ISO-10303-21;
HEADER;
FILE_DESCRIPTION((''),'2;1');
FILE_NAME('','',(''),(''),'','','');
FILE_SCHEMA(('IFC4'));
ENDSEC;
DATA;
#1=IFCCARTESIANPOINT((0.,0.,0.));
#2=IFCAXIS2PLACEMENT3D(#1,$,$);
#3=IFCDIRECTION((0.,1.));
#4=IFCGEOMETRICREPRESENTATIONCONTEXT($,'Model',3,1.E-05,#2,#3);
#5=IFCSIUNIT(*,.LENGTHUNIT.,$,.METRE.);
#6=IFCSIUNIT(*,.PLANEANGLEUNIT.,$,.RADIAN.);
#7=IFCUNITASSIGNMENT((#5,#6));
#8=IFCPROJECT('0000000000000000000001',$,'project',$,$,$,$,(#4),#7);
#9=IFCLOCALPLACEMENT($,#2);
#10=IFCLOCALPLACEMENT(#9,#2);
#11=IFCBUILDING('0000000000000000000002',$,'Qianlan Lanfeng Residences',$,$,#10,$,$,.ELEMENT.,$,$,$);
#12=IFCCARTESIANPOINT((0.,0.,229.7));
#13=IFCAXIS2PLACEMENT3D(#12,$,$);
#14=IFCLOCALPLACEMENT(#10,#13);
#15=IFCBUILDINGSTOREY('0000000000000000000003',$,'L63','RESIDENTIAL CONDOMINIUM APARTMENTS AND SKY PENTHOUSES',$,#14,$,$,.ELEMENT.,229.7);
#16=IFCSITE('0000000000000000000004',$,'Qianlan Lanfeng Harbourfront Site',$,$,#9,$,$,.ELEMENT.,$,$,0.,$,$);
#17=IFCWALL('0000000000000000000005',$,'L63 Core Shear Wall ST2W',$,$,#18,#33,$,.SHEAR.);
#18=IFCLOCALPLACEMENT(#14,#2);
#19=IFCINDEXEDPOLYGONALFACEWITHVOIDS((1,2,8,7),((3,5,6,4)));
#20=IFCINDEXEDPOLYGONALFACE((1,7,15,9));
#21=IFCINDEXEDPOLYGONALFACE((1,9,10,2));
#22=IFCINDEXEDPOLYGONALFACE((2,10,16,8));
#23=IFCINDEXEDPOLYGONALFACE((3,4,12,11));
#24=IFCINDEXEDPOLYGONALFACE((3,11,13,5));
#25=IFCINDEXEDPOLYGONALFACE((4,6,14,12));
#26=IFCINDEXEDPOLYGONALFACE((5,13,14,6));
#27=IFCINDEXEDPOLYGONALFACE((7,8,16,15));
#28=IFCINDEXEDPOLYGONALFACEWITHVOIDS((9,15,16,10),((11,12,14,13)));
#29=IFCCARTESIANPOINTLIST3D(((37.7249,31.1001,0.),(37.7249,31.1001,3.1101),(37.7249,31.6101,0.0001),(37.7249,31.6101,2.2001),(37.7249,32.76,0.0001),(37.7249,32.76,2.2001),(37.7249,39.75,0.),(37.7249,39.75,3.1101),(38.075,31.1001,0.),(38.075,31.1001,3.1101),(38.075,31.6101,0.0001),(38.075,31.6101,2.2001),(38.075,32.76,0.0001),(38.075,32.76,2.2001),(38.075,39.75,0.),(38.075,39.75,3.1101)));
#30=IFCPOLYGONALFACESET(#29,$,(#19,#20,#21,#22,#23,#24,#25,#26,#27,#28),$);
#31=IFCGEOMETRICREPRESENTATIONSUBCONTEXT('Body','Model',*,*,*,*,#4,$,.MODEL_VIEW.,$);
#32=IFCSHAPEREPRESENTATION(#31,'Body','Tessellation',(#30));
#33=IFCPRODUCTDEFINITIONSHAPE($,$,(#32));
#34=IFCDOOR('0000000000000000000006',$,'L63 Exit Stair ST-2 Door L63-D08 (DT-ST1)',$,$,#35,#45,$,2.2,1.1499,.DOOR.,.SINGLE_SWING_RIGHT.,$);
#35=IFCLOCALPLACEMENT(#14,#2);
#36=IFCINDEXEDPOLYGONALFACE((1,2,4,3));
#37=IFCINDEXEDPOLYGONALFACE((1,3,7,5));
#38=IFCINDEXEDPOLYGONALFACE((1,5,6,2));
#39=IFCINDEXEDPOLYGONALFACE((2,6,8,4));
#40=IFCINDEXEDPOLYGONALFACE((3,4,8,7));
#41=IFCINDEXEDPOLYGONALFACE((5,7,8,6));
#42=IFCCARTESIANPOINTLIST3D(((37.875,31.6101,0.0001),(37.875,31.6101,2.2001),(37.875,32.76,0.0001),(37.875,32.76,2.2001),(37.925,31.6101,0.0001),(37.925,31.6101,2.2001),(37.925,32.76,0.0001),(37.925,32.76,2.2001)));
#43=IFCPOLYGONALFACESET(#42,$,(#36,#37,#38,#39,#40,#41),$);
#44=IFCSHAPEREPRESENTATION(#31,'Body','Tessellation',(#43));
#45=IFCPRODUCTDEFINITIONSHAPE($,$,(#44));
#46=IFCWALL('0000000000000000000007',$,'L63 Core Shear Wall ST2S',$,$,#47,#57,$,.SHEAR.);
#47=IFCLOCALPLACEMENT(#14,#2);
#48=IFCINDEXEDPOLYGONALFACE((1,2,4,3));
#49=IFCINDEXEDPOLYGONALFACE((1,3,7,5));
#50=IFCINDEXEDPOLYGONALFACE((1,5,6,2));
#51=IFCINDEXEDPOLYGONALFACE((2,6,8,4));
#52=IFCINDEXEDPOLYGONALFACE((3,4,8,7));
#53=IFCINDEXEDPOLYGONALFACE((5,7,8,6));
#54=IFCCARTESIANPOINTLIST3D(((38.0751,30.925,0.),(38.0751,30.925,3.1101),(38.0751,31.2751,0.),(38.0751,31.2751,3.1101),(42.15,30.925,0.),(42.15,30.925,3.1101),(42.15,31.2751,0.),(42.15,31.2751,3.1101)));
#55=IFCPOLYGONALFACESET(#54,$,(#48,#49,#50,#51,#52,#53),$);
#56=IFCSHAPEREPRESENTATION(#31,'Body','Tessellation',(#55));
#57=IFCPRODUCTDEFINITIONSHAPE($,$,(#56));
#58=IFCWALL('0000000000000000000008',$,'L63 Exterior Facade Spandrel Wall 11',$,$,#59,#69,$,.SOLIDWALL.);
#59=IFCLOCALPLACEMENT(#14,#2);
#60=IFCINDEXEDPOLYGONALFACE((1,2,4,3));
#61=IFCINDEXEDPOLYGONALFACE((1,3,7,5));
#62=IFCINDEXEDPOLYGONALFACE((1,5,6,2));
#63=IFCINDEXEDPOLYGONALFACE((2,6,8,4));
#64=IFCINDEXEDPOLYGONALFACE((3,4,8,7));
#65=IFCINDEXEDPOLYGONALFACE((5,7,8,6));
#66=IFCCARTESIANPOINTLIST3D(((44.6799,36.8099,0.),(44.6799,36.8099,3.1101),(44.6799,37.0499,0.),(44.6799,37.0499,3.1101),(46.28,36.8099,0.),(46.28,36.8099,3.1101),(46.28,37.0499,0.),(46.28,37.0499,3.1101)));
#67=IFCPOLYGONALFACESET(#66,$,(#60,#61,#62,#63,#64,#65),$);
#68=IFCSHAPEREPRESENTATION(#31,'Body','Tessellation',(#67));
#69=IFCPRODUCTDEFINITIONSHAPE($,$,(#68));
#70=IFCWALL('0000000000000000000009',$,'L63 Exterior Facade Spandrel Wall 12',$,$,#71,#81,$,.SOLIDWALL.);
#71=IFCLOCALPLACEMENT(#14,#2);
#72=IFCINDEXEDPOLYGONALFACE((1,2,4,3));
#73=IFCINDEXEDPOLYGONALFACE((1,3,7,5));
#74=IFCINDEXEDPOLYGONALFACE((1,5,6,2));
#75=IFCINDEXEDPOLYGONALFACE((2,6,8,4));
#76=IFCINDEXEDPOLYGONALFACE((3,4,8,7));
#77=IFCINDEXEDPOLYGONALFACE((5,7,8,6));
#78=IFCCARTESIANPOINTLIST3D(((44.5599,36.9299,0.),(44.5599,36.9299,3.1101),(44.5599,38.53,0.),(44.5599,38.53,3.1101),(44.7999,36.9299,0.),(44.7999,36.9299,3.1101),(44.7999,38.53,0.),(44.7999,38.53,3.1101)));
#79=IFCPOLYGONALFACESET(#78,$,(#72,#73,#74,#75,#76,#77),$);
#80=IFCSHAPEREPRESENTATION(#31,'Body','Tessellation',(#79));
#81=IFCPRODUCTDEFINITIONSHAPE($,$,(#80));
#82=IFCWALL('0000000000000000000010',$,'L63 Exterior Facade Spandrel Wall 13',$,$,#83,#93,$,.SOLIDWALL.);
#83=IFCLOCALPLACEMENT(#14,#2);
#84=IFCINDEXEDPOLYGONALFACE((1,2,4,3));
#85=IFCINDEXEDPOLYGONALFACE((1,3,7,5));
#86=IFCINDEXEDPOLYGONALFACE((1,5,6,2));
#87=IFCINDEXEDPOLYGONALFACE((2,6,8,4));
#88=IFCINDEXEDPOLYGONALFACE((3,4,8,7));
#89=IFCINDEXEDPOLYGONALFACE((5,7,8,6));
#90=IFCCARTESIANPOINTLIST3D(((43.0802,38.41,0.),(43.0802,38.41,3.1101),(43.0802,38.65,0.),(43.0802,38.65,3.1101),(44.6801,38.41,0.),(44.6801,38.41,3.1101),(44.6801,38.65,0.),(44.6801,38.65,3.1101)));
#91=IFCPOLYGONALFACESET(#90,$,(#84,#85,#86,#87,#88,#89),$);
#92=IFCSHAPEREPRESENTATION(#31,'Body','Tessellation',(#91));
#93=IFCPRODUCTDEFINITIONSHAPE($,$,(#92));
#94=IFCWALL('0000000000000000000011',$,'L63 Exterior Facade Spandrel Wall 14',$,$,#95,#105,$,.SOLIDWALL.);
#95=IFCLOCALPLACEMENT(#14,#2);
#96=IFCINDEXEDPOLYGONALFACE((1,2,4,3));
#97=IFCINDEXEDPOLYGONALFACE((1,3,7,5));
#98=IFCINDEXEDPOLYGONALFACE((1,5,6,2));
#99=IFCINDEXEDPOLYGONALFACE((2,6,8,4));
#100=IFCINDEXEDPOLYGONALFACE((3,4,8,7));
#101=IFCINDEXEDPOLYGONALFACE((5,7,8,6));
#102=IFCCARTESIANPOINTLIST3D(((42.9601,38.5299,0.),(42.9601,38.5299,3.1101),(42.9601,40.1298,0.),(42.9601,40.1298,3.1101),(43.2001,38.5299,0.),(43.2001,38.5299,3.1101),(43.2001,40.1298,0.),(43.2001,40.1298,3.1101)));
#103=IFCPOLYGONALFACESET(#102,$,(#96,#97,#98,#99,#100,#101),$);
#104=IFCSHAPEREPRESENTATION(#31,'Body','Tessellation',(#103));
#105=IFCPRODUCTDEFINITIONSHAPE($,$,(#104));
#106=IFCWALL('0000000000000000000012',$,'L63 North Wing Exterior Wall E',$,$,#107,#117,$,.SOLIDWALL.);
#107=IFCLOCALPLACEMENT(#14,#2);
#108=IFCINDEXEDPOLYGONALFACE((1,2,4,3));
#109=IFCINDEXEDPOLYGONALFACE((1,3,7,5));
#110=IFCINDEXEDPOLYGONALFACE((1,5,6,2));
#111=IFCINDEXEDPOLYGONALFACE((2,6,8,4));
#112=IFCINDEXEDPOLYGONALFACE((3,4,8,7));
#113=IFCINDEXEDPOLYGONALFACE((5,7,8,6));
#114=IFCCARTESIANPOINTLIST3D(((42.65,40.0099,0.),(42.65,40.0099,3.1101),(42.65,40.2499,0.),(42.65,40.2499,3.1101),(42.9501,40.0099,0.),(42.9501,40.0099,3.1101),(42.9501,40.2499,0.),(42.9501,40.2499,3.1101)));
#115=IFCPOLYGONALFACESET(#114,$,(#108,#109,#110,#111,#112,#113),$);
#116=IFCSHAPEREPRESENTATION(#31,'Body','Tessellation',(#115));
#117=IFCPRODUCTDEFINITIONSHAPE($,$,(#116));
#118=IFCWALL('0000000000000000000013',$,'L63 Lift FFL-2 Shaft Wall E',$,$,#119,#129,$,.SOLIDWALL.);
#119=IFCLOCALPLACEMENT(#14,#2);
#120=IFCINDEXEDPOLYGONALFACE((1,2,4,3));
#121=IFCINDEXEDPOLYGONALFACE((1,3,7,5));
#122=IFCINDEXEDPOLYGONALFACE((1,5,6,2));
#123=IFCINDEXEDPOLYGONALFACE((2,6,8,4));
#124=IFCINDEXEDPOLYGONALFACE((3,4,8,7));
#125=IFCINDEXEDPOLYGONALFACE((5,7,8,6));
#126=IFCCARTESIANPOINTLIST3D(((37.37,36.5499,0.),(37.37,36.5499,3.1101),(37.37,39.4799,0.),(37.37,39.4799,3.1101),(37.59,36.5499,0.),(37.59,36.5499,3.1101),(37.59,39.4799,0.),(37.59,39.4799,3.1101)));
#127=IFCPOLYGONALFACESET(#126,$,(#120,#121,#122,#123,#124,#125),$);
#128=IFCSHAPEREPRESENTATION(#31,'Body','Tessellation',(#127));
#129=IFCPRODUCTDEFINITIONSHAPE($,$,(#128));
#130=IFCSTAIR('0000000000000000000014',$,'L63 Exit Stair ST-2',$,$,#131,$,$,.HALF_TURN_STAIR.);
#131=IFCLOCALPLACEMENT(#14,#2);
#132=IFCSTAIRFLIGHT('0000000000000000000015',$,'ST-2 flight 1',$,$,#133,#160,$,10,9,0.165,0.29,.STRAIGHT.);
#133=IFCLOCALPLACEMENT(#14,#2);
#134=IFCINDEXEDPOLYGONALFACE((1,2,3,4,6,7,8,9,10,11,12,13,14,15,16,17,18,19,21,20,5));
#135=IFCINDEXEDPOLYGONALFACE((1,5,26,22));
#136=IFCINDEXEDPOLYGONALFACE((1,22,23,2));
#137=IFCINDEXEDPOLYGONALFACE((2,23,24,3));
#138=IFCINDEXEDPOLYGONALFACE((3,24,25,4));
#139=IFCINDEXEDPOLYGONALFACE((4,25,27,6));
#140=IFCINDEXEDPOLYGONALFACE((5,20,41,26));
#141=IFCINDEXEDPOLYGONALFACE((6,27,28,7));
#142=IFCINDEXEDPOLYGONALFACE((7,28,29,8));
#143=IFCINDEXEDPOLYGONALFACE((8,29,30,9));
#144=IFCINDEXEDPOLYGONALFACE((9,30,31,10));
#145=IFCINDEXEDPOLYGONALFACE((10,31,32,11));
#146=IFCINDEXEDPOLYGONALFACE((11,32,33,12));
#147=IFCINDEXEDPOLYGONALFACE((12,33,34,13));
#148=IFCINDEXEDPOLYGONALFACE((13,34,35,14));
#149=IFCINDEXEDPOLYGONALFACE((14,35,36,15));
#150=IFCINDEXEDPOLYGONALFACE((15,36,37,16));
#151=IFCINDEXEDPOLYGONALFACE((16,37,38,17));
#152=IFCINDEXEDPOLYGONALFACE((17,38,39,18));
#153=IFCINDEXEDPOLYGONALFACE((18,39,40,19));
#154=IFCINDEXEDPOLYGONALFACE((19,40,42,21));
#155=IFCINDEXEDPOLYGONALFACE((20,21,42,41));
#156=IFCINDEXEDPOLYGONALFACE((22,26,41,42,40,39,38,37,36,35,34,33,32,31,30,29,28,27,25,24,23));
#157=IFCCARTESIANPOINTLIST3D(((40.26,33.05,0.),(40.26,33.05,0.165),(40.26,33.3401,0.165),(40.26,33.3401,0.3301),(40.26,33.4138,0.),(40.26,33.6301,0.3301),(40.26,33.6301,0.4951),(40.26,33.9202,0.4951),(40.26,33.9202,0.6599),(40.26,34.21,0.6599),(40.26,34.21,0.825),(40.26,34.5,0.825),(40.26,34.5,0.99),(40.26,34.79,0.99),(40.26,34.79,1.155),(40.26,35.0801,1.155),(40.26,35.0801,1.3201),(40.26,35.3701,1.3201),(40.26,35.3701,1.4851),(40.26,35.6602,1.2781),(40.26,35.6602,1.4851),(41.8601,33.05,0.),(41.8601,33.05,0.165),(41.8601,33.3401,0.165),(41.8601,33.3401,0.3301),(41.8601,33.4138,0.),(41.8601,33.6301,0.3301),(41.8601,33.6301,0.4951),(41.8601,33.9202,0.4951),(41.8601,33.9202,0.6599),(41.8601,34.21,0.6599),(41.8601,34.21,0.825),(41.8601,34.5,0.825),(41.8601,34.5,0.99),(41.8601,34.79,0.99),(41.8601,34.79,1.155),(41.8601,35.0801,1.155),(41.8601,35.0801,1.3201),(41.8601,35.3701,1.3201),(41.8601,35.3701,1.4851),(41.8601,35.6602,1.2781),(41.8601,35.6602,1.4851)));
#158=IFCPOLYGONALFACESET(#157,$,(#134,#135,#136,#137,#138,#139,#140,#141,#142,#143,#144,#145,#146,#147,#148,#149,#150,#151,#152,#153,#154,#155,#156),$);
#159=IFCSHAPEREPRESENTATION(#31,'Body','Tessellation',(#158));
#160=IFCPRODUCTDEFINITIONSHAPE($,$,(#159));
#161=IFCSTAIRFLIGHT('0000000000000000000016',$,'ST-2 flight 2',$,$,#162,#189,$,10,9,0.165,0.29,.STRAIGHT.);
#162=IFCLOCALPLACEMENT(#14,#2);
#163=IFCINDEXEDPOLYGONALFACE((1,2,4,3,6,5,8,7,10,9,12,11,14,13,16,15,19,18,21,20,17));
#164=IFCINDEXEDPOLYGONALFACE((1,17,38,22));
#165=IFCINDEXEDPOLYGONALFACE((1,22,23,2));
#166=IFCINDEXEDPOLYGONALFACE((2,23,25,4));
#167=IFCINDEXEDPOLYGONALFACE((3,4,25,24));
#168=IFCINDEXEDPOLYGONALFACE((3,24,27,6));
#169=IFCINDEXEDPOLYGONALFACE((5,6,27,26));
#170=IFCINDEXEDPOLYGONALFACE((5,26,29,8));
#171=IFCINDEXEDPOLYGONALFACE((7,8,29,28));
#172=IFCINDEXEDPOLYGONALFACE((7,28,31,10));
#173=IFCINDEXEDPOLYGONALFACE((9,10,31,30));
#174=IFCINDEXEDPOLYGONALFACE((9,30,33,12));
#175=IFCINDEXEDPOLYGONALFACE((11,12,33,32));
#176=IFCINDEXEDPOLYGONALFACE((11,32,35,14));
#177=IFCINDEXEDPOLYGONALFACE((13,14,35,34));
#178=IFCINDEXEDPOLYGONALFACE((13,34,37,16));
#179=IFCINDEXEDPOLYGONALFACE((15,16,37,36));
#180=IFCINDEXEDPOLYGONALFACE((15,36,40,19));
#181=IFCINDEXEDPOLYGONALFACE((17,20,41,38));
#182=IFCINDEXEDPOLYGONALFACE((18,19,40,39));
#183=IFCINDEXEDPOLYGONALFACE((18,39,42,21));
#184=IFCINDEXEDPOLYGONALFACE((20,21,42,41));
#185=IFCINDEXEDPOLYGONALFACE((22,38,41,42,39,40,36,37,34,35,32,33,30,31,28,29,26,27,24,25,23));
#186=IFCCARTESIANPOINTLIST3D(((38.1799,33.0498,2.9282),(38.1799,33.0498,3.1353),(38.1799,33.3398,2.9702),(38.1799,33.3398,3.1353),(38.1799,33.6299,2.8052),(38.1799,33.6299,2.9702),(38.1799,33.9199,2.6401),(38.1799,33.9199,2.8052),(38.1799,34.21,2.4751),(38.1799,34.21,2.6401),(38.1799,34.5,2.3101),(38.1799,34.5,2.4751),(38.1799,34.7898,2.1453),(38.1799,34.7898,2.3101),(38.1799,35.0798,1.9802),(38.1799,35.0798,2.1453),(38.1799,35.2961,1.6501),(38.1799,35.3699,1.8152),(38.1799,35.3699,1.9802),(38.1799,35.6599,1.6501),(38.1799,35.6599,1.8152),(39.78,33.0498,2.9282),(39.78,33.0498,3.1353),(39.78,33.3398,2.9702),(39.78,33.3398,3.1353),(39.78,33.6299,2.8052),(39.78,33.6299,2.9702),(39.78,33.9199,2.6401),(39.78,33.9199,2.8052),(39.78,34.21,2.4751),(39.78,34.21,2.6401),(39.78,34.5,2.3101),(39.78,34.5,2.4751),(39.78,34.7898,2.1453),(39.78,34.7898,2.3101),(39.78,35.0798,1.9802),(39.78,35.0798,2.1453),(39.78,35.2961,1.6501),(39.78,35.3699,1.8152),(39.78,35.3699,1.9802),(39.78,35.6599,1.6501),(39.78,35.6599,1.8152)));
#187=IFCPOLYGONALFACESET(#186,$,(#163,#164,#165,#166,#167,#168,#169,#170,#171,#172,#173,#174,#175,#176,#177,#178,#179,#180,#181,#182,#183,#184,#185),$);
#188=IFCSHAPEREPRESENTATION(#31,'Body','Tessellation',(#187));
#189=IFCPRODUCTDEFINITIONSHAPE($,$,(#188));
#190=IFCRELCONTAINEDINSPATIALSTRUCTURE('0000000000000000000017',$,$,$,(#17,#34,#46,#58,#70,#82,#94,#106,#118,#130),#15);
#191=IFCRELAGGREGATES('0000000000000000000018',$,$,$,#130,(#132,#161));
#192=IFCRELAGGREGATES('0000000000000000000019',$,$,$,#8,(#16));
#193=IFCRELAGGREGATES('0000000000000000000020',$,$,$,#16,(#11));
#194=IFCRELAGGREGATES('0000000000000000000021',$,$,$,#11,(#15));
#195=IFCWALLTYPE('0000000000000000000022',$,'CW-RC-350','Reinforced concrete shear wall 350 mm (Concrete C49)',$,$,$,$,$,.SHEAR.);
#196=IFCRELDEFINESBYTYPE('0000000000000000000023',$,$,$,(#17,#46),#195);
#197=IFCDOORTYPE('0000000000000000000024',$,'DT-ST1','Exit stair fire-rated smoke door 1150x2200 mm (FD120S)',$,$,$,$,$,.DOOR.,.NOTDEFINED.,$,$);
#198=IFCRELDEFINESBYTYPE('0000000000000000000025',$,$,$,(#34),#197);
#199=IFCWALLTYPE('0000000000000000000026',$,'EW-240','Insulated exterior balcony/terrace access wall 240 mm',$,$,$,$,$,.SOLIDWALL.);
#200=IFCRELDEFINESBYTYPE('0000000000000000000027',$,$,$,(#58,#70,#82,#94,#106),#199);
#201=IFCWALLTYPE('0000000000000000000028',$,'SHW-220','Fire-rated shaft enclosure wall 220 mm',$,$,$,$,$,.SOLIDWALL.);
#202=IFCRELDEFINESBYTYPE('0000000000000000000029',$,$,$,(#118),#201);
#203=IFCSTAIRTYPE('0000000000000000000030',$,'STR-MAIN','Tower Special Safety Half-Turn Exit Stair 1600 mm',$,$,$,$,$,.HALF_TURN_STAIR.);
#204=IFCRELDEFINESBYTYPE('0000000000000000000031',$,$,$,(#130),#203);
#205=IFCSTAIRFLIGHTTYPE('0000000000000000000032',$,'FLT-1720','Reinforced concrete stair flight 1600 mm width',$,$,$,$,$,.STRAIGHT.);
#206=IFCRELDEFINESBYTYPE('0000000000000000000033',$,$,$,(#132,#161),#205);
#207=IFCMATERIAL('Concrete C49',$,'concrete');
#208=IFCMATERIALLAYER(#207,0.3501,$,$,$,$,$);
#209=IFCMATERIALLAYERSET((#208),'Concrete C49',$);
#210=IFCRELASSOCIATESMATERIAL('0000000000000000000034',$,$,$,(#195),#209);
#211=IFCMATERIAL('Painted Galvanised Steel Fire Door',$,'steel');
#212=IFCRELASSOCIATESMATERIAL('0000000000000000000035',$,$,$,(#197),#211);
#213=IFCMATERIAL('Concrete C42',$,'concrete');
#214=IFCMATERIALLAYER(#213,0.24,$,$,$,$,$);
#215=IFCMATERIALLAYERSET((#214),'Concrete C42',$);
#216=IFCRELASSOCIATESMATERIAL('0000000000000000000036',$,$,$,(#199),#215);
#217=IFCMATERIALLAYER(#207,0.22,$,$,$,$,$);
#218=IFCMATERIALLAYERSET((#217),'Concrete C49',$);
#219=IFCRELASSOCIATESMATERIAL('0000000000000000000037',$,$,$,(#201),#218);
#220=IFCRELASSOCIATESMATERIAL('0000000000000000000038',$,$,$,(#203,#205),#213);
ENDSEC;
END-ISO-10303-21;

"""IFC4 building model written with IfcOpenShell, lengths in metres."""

from ifc_helpers import new_model, si_unit, direction, frame, frame_2d, origin, place, context, subcontext, project, spatial, polyline, rectangle, outline, extrude, material, layer, layer_set, type_object, element, fill, aggregate, save


model = new_model("IFC4")

# Units and contexts
model_context = context("Model", 3, precision=1e-05, world=origin(), true_north=direction((0.0, 1.0)))
body_context = subcontext(model_context, "Body", "Model", "MODEL_VIEW")
ifc_project = project(units=[si_unit("LENGTHUNIT", "METRE"), si_unit("PLANEANGLEUNIT", "RADIAN")], contexts=[model_context])

# Site, building, storey
site_placement = place(None, origin())
site = spatial("IfcSite", under=ifc_project, at=site_placement, Name="Qianlan Lanfeng Harbourfront Site", CompositionType="ELEMENT", RefElevation=0.0)
building_placement = place(site_placement, origin())
building = spatial("IfcBuilding", under=site, at=building_placement, Name="Qianlan Lanfeng Residences", CompositionType="ELEMENT")
storey_placement = place(building_placement, frame((0.0, 0.0, 229.7)))
storey = spatial("IfcBuildingStorey", under=building, at=storey_placement, Name="L63", Description="RESIDENTIAL CONDOMINIUM APARTMENTS AND SKY PENTHOUSES", CompositionType="ELEMENT", Elevation=229.7)

# Wall, opening, door
ifc_material_1 = material(Name="Concrete C49", Category="concrete")
ifc_layer_1 = layer(ifc_material_1, 0.3501)
ifc_layer_set_1 = layer_set([ifc_layer_1], Name="Concrete C49")
wall_type_1 = type_object("IfcWallType", Name="CW-RC-350", Description="Reinforced concrete shear wall 350 mm (Concrete C49)", PredefinedType="SHEAR", material=ifc_layer_set_1)
wall_1_placement = place(storey_placement, frame((37.8999, 31.1001, 0.0), z_axis=(0.0, 0.0, 1.0), x_axis=(0.0, 1.0, 0.0)))
wall_1 = element("IfcWall", 1, at=wall_1_placement, inside=storey, type_object=wall_type_1, Name="L63 Core Shear Wall ST2W", PredefinedType="SHEAR", context=body_context, shape_type="SweptSolid", body=[
    extrude(rectangle(XDim=8.6499, YDim=0.3501, at=frame_2d((4.325, 0.0))), origin(), (0.0, 0.0, 1.0), 3.1101),
])
opening_1_placement = place(wall_1_placement, frame((0.51, 0.0, 0.0)))
opening_1 = element("IfcOpeningElement", 2, at=opening_1_placement, cuts=wall_1, PredefinedType="OPENING", context=body_context, shape_type="SweptSolid", body=[
    extrude(rectangle(XDim=1.1499, YDim=2.2, at=frame_2d((0.575, 1.1001))), frame((0.0, 0.1851, 0.0), z_axis=(0.0, -1.0, 0.0), x_axis=(1.0, 0.0, 0.0)), (0.0, 0.0, 1.0), 0.3701),
])
ifc_material_2 = material(Name="Painted Galvanised Steel Fire Door", Category="steel")
door_type_1 = type_object("IfcDoorType", Name="DT-ST1", Description="Exit stair fire-rated smoke door 1150x2200 mm (FD120S)", OperationType="NOTDEFINED", PredefinedType="DOOR", material=ifc_material_2)
door_1_placement = place(opening_1_placement, origin())
door_1 = element("IfcDoor", 3, at=door_1_placement, inside=storey, type_object=door_type_1, Name="L63 Exit Stair ST-2 Door L63-D08 (DT-ST1)", OperationType="SINGLE_SWING_RIGHT", OverallHeight=2.2, OverallWidth=1.1499, PredefinedType="DOOR", context=body_context, shape_type="SweptSolid", body=[
    extrude(rectangle(XDim=1.1499, YDim=2.2, at=frame_2d((0.575, 1.1001))), frame((0.0, 0.0249, 0.0), z_axis=(0.0, -1.0, 0.0), x_axis=(1.0, 0.0, 0.0)), (0.0, 0.0, 1.0), 0.05),
])
fill(opening_1, door_1)

# Walls
wall_2_placement = place(storey_placement, frame((38.075, 31.1001, 0.0), z_axis=(0.0, 0.0, 1.0), x_axis=(1.0, 0.0, 0.0)))
element("IfcWall", 4, at=wall_2_placement, inside=storey, type_object=wall_type_1, Name="L63 Core Shear Wall ST2S", PredefinedType="SHEAR", context=body_context, shape_type="SweptSolid", body=[
    extrude(rectangle(XDim=4.075, YDim=0.3501, at=frame_2d((2.0376, 0.0))), origin(), (0.0, 0.0, 1.0), 3.1101),
])
ifc_material_3 = material(Name="Concrete C42", Category="concrete")
ifc_layer_2 = layer(ifc_material_3, 0.24)
ifc_layer_set_2 = layer_set([ifc_layer_2], Name="Concrete C42")
wall_type_2 = type_object("IfcWallType", Name="EW-240", Description="Insulated exterior balcony/terrace access wall 240 mm", PredefinedType="SOLIDWALL", material=ifc_layer_set_2)
for number, where, z_axis, x_axis, name in (
    (5, (46.28, 36.9299, 0.0), (0.0, 0.0, 1.0), (-1.0, 0.0, 0.0), "L63 Exterior Facade Spandrel Wall 11"),
    (6, (44.6799, 36.9299, 0.0), (0.0, 0.0, 1.0), (0.0, 1.0, 0.0), "L63 Exterior Facade Spandrel Wall 12"),
):
    element("IfcWall", number, at=place(storey_placement, frame(where, z_axis=z_axis, x_axis=x_axis)), inside=storey, type_object=wall_type_2, Name=name, PredefinedType="SOLIDWALL", context=body_context, shape_type="SweptSolid", body=[
        extrude(rectangle(XDim=1.6001, YDim=0.24, at=frame_2d((0.8, 0.0))), origin(), (0.0, 0.0, 1.0), 3.1101),
    ])
for number, where, z_axis, x_axis, name in (
    (7, (44.6799, 38.53, 0.0), (0.0, 0.0, 1.0), (-1.0, 0.0, 0.0), "L63 Exterior Facade Spandrel Wall 13"),
    (8, (43.0801, 38.53, 0.0), (0.0, 0.0, 1.0), (0.0, 1.0, 0.0), "L63 Exterior Facade Spandrel Wall 14"),
):
    element("IfcWall", number, at=place(storey_placement, frame(where, z_axis=z_axis, x_axis=x_axis)), inside=storey, type_object=wall_type_2, Name=name, PredefinedType="SOLIDWALL", context=body_context, shape_type="SweptSolid", body=[
        extrude(rectangle(XDim=1.5999, YDim=0.24, at=frame_2d((0.7998, 0.0))), origin(), (0.0, 0.0, 1.0), 3.1101),
    ])
wall_3_placement = place(storey_placement, frame((42.95, 40.1299, 0.0), z_axis=(0.0, 0.0, 1.0), x_axis=(-1.0, 0.0, 0.0)))
element("IfcWall", 9, at=wall_3_placement, inside=storey, type_object=wall_type_2, Name="L63 North Wing Exterior Wall E", PredefinedType="SOLIDWALL", context=body_context, shape_type="SweptSolid", body=[
    extrude(rectangle(XDim=0.3, YDim=0.24, at=frame_2d((0.1499, 0.0))), origin(), (0.0, 0.0, 1.0), 3.1101),
])

# Wall
ifc_layer_3 = layer(ifc_material_1, 0.22)
ifc_layer_set_3 = layer_set([ifc_layer_3], Name="Concrete C49")
wall_type_3 = type_object("IfcWallType", Name="SHW-220", Description="Fire-rated shaft enclosure wall 220 mm", PredefinedType="SOLIDWALL", material=ifc_layer_set_3)
wall_4_placement = place(storey_placement, frame((37.48, 36.55, 0.0), z_axis=(0.0, 0.0, 1.0), x_axis=(0.0, 1.0, 0.0)))
element("IfcWall", 10, at=wall_4_placement, inside=storey, type_object=wall_type_3, Name="L63 Lift FFL-2 Shaft Wall E", PredefinedType="SOLIDWALL", context=body_context, shape_type="SweptSolid", body=[
    extrude(rectangle(XDim=2.9299, YDim=0.22, at=frame_2d((1.4648, 0.0))), origin(), (0.0, 0.0, 1.0), 3.1101),
])

# Stair, stair flights
stair_type = type_object("IfcStairType", Name="STR-MAIN", Description="Tower Special Safety Half-Turn Exit Stair 1600 mm", PredefinedType="HALF_TURN_STAIR", material=ifc_material_3)
stair_placement = place(storey_placement, origin())
stair = element("IfcStair", 11, at=stair_placement, inside=storey, type_object=stair_type, Name="L63 Exit Stair ST-2", PredefinedType="HALF_TURN_STAIR")
stair_flight_type = type_object("IfcStairFlightType", Name="FLT-1720", Description="Reinforced concrete stair flight 1600 mm width", PredefinedType="STRAIGHT", material=ifc_material_3)
stair_flight_1_placement = place(storey_placement, frame((41.0601, 33.05, 0.0), z_axis=(0.0, 0.0, 1.0), x_axis=(0.0, 1.0, 0.0)))
stair_flight_1 = element("IfcStairFlight", 12, at=stair_flight_1_placement, type_object=stair_flight_type, Name="ST-2 flight 1", NumberOfRisers=10, NumberOfTreads=9, PredefinedType="STRAIGHT", RiserHeight=0.165, TreadLength=0.29, context=body_context, shape_type="SweptSolid", body=[
    extrude(outline(polyline([(0.0, 0.0), (0.0, 0.165), (0.29, 0.165), (0.29, 0.3301), (0.5801, 0.3301), (0.5801, 0.4951), (0.8701, 0.4951), (0.8701, 0.6599), (1.1599, 0.6599), (1.1599, 0.825), (1.45, 0.825), (1.45, 0.99), (1.74, 0.99), (1.74, 1.155), (2.03, 1.155), (2.03, 1.3201), (2.3201, 1.3201), (2.3201, 1.4851), (2.6101, 1.4851), (2.6101, 1.6499), (2.6101, 1.2781), (0.3638, 0.0), (0.0, 0.0)])), frame((0.0, 0.8, 0.0), z_axis=(0.0, -1.0, 0.0), x_axis=(1.0, 0.0, 0.0)), (0.0, 0.0, 1.0), 1.6001),
])
stair_flight_2_placement = place(storey_placement, frame((38.98, 35.6599, 1.6501), z_axis=(0.0, 0.0, 1.0), x_axis=(0.0, -1.0, 0.0)))
stair_flight_2 = element("IfcStairFlight", 13, at=stair_flight_2_placement, type_object=stair_flight_type, Name="ST-2 flight 2", NumberOfRisers=10, NumberOfTreads=9, PredefinedType="STRAIGHT", RiserHeight=0.165, TreadLength=0.29, context=body_context, shape_type="SweptSolid", body=[
    extrude(outline(polyline([(0.0, 0.0), (0.0, 0.165), (0.29, 0.165), (0.29, 0.3301), (0.5801, 0.3301), (0.5801, 0.4951), (0.8701, 0.4951), (0.8701, 0.6599), (1.1599, 0.6599), (1.1599, 0.825), (1.45, 0.825), (1.45, 0.99), (1.74, 0.99), (1.74, 1.155), (2.03, 1.155), (2.03, 1.3201), (2.3201, 1.3201), (2.3201, 1.4851), (2.6101, 1.4851), (2.6101, 1.6499), (2.6101, 1.2781), (0.3638, 0.0), (0.0, 0.0)])), frame((0.0, 0.8, 0.0), z_axis=(0.0, -1.0, 0.0), x_axis=(1.0, 0.0, 0.0)), (0.0, 0.0, 1.0), 1.6001),
])
aggregate(stair, [stair_flight_1, stair_flight_2])

save(model, "model.ifc")
